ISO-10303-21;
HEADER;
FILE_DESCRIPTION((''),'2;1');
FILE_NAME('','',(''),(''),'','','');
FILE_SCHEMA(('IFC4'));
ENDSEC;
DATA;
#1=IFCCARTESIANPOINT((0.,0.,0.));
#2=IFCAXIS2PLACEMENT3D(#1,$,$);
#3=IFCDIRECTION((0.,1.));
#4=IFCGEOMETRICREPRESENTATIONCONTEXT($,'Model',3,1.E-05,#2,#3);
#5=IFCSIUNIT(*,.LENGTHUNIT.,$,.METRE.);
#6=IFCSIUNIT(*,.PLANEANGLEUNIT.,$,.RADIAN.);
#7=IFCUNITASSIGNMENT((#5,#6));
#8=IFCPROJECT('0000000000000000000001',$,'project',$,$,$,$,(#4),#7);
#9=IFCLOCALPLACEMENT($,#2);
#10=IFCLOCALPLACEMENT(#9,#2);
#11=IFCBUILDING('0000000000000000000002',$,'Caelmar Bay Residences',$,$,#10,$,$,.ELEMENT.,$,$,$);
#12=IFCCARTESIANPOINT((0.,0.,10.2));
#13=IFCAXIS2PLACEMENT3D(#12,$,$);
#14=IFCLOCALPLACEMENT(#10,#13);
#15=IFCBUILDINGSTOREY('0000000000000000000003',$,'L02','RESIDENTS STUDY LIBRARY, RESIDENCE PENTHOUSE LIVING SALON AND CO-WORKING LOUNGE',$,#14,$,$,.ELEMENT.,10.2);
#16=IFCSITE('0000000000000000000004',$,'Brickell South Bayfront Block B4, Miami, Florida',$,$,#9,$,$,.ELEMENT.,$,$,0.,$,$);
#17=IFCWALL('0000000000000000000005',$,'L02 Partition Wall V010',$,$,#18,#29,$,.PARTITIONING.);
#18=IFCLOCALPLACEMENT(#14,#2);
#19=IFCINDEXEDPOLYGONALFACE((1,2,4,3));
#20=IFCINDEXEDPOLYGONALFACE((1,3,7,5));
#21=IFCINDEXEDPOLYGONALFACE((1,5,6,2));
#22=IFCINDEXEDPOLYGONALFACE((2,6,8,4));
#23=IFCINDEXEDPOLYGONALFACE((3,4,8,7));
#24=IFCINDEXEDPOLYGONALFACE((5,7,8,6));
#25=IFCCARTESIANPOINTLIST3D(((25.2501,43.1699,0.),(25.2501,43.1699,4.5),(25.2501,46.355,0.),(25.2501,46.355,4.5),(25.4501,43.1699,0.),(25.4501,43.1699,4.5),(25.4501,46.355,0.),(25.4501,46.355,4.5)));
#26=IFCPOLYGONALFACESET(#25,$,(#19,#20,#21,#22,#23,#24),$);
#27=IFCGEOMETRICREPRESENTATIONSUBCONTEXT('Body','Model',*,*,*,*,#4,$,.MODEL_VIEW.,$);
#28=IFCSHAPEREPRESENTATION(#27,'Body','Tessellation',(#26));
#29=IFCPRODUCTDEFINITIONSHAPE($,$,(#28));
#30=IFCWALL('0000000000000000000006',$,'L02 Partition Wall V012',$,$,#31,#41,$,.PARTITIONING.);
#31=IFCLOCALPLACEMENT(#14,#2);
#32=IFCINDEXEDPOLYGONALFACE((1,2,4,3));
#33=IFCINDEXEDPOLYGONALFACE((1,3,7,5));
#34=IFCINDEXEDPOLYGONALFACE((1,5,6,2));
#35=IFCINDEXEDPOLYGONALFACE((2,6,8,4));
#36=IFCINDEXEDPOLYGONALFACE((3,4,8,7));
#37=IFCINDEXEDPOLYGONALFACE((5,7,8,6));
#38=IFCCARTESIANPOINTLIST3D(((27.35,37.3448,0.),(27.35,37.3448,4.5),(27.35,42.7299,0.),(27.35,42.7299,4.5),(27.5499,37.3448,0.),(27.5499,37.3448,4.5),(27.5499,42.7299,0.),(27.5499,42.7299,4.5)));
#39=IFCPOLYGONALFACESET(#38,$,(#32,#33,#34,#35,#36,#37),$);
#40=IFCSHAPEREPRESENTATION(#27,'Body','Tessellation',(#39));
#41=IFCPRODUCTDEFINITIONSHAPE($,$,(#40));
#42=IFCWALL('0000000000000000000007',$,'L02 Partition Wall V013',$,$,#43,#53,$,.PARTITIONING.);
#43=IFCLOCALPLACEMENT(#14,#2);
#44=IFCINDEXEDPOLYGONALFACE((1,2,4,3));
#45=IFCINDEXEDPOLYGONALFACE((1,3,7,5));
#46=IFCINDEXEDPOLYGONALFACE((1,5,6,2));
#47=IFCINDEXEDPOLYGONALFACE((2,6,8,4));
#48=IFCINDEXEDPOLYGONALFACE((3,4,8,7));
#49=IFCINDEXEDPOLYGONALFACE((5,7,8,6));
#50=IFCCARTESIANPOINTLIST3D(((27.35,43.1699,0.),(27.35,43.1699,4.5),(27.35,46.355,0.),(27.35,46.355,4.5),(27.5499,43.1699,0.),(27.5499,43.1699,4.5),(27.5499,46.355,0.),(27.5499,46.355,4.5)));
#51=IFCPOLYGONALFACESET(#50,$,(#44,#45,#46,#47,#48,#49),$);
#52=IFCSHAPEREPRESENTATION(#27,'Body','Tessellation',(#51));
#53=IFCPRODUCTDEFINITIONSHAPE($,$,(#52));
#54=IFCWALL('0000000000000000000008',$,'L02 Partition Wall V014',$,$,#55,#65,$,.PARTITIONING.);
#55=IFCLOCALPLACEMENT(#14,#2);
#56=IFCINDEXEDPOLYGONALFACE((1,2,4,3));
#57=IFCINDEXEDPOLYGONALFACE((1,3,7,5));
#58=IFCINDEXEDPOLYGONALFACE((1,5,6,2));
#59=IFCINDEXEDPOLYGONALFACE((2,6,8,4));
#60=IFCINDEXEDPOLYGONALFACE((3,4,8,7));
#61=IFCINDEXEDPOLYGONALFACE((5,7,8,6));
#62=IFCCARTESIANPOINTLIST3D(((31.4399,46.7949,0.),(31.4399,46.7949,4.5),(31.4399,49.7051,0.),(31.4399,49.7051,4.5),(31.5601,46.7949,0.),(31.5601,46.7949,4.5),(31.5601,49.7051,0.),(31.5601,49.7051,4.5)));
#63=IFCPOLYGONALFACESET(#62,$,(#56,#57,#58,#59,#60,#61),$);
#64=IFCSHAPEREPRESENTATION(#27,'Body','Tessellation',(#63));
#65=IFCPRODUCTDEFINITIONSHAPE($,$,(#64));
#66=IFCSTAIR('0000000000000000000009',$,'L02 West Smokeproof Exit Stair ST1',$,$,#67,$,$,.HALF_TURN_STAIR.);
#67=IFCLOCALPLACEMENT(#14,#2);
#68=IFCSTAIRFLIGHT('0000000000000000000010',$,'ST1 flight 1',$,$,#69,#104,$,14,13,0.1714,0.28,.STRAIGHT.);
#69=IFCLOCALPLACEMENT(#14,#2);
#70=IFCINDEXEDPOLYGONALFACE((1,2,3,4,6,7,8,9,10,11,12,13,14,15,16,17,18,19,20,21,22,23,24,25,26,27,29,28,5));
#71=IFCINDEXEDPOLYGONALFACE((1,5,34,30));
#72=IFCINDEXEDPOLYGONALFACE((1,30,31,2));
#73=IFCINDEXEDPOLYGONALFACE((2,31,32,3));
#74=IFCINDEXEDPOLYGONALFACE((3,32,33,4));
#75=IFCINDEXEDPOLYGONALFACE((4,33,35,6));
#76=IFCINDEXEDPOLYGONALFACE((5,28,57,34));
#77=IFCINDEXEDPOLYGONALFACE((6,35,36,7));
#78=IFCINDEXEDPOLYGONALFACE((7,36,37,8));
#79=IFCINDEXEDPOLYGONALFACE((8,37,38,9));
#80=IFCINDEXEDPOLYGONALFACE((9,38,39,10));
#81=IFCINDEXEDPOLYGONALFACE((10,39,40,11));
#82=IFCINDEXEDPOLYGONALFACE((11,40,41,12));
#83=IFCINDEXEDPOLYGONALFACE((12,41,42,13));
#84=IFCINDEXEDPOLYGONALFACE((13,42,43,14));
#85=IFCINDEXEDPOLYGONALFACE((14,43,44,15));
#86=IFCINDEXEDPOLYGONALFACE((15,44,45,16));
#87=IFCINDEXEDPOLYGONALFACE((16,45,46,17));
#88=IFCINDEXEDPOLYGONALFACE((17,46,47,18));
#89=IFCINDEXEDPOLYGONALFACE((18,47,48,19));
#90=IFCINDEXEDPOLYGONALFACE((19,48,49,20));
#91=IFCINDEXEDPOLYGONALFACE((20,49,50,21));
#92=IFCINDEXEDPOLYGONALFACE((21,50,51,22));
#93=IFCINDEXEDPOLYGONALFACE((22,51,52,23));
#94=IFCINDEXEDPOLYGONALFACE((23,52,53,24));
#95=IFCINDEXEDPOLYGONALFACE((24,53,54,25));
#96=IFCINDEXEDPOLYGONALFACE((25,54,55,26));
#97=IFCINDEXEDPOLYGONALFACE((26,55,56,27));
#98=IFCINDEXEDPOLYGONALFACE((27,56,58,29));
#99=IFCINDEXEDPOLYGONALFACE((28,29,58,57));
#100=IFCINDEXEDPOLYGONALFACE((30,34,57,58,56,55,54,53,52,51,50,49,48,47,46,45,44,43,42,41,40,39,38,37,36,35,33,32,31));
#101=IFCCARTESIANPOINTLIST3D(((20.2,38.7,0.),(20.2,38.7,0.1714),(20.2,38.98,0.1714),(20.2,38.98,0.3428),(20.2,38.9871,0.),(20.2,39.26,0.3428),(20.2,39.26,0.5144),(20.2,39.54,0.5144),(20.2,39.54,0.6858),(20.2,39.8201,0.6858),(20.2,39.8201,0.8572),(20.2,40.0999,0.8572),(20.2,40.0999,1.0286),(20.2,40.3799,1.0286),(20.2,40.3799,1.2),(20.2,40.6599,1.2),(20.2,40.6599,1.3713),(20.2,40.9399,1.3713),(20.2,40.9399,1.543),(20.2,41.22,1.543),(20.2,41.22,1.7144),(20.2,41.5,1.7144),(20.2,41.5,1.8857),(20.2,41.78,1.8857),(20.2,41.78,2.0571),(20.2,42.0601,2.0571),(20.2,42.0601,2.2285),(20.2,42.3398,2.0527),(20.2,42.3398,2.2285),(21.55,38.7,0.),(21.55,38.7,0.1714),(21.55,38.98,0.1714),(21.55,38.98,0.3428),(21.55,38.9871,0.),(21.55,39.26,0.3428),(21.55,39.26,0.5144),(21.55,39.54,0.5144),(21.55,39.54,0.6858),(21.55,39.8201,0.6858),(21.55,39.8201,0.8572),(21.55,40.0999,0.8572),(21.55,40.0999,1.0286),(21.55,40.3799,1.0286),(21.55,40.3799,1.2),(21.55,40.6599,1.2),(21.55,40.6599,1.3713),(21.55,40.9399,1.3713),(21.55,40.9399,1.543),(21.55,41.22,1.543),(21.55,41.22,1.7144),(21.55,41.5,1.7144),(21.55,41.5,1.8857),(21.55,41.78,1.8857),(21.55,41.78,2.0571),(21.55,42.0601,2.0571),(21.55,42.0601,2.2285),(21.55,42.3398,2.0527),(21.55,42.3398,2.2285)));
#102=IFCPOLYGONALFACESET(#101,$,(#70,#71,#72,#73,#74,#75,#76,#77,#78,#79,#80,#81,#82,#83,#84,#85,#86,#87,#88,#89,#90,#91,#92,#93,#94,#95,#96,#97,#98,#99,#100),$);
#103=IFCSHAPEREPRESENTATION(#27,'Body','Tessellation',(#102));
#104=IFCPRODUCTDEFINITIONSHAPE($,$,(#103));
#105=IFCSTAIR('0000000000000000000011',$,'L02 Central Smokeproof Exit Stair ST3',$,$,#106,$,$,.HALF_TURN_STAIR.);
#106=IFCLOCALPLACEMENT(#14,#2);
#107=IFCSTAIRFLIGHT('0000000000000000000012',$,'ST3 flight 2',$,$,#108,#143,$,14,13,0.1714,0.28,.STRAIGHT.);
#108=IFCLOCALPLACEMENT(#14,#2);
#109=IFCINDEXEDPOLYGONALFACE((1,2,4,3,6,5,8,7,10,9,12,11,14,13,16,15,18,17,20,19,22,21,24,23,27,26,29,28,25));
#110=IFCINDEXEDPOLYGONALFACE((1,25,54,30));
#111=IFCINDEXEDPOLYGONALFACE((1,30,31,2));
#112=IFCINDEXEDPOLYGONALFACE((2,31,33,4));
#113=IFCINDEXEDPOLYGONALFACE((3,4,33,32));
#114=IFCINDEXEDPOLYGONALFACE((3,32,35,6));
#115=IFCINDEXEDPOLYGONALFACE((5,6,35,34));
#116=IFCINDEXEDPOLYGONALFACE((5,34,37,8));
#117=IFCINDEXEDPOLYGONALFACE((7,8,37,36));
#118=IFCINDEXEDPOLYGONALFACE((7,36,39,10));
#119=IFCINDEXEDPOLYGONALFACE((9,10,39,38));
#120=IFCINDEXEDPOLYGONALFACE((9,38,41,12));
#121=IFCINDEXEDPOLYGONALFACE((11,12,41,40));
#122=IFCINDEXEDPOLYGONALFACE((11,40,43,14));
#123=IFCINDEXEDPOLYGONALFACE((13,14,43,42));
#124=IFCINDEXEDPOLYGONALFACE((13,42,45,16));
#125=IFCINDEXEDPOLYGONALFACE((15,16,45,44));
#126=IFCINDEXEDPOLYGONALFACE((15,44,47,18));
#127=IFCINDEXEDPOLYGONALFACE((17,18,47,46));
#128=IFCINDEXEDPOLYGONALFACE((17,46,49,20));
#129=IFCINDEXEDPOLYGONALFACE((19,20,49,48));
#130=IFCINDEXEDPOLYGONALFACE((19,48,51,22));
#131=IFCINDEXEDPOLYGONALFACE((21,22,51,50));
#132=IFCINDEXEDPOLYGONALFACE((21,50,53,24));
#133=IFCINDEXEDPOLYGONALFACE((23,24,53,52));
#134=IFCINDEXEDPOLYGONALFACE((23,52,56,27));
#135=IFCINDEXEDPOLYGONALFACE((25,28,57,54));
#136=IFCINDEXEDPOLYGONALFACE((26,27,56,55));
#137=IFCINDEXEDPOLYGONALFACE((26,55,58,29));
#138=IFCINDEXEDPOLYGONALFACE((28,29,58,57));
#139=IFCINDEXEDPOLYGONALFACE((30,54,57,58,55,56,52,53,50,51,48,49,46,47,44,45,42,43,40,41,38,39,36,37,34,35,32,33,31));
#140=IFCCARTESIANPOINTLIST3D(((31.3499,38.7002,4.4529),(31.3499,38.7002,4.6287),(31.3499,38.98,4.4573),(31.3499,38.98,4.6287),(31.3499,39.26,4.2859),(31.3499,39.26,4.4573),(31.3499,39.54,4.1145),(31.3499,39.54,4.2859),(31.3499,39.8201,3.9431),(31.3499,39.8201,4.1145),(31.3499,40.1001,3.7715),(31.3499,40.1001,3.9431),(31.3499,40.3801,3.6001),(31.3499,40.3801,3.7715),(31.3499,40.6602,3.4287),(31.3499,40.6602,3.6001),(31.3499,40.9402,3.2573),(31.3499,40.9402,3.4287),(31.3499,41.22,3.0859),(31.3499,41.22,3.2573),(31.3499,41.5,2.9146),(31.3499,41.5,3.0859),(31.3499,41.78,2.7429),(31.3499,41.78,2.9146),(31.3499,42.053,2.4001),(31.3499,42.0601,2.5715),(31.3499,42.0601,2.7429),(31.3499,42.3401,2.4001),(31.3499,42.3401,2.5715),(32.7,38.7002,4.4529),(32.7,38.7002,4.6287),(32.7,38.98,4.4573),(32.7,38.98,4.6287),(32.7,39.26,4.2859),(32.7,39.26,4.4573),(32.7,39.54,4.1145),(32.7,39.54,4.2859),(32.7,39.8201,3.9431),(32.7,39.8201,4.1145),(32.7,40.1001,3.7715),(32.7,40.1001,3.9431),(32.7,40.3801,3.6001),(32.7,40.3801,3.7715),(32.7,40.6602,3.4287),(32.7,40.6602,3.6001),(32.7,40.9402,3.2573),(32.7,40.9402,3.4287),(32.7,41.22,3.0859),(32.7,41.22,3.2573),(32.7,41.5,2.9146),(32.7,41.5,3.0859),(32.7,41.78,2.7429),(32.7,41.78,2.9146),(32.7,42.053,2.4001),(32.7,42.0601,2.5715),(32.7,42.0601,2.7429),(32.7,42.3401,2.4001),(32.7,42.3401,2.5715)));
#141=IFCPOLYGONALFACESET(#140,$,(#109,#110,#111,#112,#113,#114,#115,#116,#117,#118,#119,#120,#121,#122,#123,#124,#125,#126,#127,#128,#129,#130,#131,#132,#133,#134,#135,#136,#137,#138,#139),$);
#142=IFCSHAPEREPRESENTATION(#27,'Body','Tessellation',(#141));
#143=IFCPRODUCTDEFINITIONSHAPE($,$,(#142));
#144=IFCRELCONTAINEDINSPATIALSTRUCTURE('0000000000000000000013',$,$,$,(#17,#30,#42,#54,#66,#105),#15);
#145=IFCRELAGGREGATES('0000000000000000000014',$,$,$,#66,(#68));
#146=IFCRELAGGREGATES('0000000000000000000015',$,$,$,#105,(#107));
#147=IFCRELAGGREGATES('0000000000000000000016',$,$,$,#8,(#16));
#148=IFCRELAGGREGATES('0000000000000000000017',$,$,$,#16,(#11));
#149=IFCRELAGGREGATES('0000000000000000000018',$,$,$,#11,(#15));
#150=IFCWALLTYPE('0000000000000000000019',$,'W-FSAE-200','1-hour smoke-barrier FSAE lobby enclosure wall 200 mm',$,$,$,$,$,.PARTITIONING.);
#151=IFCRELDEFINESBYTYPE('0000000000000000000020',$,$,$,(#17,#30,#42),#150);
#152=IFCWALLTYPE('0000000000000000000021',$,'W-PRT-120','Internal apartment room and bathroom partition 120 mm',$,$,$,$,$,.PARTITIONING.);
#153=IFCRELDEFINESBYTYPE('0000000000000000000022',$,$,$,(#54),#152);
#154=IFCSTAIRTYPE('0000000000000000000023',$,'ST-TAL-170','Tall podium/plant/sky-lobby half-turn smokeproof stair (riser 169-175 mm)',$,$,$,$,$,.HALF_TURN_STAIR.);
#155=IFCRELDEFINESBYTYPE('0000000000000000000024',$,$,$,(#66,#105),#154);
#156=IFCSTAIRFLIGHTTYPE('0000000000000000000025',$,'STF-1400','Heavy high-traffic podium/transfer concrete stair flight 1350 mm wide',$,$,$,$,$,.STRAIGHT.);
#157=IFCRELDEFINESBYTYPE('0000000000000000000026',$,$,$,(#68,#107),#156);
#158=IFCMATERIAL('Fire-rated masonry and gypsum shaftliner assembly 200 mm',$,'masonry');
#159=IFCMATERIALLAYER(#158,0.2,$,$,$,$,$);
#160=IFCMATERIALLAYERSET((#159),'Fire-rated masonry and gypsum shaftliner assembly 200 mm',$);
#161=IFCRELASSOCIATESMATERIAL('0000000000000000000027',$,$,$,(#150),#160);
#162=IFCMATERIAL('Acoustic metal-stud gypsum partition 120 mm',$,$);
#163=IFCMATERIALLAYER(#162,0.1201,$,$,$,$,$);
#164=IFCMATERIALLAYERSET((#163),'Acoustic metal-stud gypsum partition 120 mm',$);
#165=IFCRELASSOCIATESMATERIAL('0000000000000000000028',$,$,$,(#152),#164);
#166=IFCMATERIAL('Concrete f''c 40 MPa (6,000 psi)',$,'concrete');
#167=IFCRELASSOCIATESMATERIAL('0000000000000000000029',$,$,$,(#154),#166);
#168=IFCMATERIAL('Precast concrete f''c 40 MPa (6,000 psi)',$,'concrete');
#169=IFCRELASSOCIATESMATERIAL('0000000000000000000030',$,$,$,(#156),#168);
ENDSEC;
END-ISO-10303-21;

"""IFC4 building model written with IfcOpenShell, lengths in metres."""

from ifc_helpers import new_model, si_unit, direction, frame, frame_2d, origin, place, context, subcontext, project, spatial, polyline, rectangle, outline, extrude, material, layer, layer_set, type_object, element, aggregate, save


model = new_model("IFC4")

# Units and contexts
model_context = context("Model", 3, precision=1e-05, world=origin(), true_north=direction((0.0, 1.0)))
body_context = subcontext(model_context, "Body", "Model", "MODEL_VIEW")
ifc_project = project(units=[si_unit("LENGTHUNIT", "METRE"), si_unit("PLANEANGLEUNIT", "RADIAN")], contexts=[model_context])

# Site, building, storey
site_placement = place(None, origin())
site = spatial("IfcSite", under=ifc_project, at=site_placement, Name="Brickell South Bayfront Block B4, Miami, Florida", CompositionType="ELEMENT", RefElevation=0.0)
building_placement = place(site_placement, origin())
building = spatial("IfcBuilding", under=site, at=building_placement, Name="Caelmar Bay Residences", CompositionType="ELEMENT")
storey_placement = place(building_placement, frame((0.0, 0.0, 10.2)))
storey = spatial("IfcBuildingStorey", under=building, at=storey_placement, Name="L02", Description="RESIDENTS STUDY LIBRARY, RESIDENCE PENTHOUSE LIVING SALON AND CO-WORKING LOUNGE", CompositionType="ELEMENT", Elevation=10.2)

# Walls
ifc_material_1 = material(Name="Fire-rated masonry and gypsum shaftliner assembly 200 mm", Category="masonry")
ifc_layer_1 = layer(ifc_material_1, 0.2)
ifc_layer_set_1 = layer_set([ifc_layer_1], Name="Fire-rated masonry and gypsum shaftliner assembly 200 mm")
wall_type_1 = type_object("IfcWallType", Name="W-FSAE-200", Description="1-hour smoke-barrier FSAE lobby enclosure wall 200 mm", PredefinedType="PARTITIONING", material=ifc_layer_set_1)
wall_1_placement = place(storey_placement, frame((25.3501, 43.1699, 0.0), z_axis=(0.0, 0.0, 1.0), x_axis=(0.0, 1.0, 0.0)))
element("IfcWall", 1, at=wall_1_placement, inside=storey, type_object=wall_type_1, Name="L02 Partition Wall V010", PredefinedType="PARTITIONING", context=body_context, shape_type="SweptSolid", body=[
    extrude(rectangle(XDim=3.1851, YDim=0.2, at=frame_2d((1.5925, 0.0))), origin(), (0.0, 0.0, 1.0), 4.5),
])
wall_2_placement = place(storey_placement, frame((27.45, 37.345, 0.0), z_axis=(0.0, 0.0, 1.0), x_axis=(0.0, 1.0, 0.0)))
element("IfcWall", 2, at=wall_2_placement, inside=storey, type_object=wall_type_1, Name="L02 Partition Wall V012", PredefinedType="PARTITIONING", context=body_context, shape_type="SweptSolid", body=[
    extrude(rectangle(XDim=5.385, YDim=0.2, at=frame_2d((2.6924, 0.0))), origin(), (0.0, 0.0, 1.0), 4.5),
])
wall_3_placement = place(storey_placement, frame((27.45, 43.1699, 0.0), z_axis=(0.0, 0.0, 1.0), x_axis=(0.0, 1.0, 0.0)))
element("IfcWall", 3, at=wall_3_placement, inside=storey, type_object=wall_type_1, Name="L02 Partition Wall V013", PredefinedType="PARTITIONING", context=body_context, shape_type="SweptSolid", body=[
    extrude(rectangle(XDim=3.1851, YDim=0.2, at=frame_2d((1.5925, 0.0))), origin(), (0.0, 0.0, 1.0), 4.5),
])
ifc_material_2 = material(Name="Acoustic metal-stud gypsum partition 120 mm")
ifc_layer_2 = layer(ifc_material_2, 0.1201)
ifc_layer_set_2 = layer_set([ifc_layer_2], Name="Acoustic metal-stud gypsum partition 120 mm")
wall_type_2 = type_object("IfcWallType", Name="W-PRT-120", Description="Internal apartment room and bathroom partition 120 mm", PredefinedType="PARTITIONING", material=ifc_layer_set_2)
wall_4_placement = place(storey_placement, frame((31.5, 46.7949, 0.0), z_axis=(0.0, 0.0, 1.0), x_axis=(0.0, 1.0, 0.0)))
element("IfcWall", 4, at=wall_4_placement, inside=storey, type_object=wall_type_2, Name="L02 Partition Wall V014", PredefinedType="PARTITIONING", context=body_context, shape_type="SweptSolid", body=[
    extrude(rectangle(XDim=2.9102, YDim=0.1201, at=frame_2d((1.4551, 0.0))), origin(), (0.0, 0.0, 1.0), 4.5),
])

# Stairs, stair flights
ifc_material_3 = material(Name="Concrete f'c 40 MPa (6,000 psi)", Category="concrete")
stair_type = type_object("IfcStairType", Name="ST-TAL-170", Description="Tall podium/plant/sky-lobby half-turn smokeproof stair (riser 169-175 mm)", PredefinedType="HALF_TURN_STAIR", material=ifc_material_3)
stair_1_placement = place(storey_placement, origin())
stair_1 = element("IfcStair", 5, at=stair_1_placement, inside=storey, type_object=stair_type, Name="L02 West Smokeproof Exit Stair ST1", PredefinedType="HALF_TURN_STAIR")
ifc_material_4 = material(Name="Precast concrete f'c 40 MPa (6,000 psi)", Category="concrete")
stair_flight_type = type_object("IfcStairFlightType", Name="STF-1400", Description="Heavy high-traffic podium/transfer concrete stair flight 1350 mm wide", PredefinedType="STRAIGHT", material=ifc_material_4)
stair_flight_1_placement = place(storey_placement, frame((20.875, 38.7, 0.0), z_axis=(0.0, 0.0, 1.0), x_axis=(0.0, 1.0, 0.0)))
stair_flight_1 = element("IfcStairFlight", 6, at=stair_flight_1_placement, type_object=stair_flight_type, Name="ST1 flight 1", NumberOfRisers=14, NumberOfTreads=13, PredefinedType="STRAIGHT", RiserHeight=0.1714, TreadLength=0.28, context=body_context, shape_type="SweptSolid", body=[
    extrude(outline(polyline([(0.0, 0.0), (0.0, 0.1714), (0.28, 0.1714), (0.28, 0.3428), (0.5601, 0.3428), (0.5601, 0.5144), (0.8401, 0.5144), (0.8401, 0.6858), (1.1201, 0.6858), (1.1201, 0.8572), (1.3999, 0.8572), (1.3999, 1.0286), (1.6799, 1.0286), (1.6799, 1.2), (1.96, 1.2), (1.96, 1.3713), (2.24, 1.3713), (2.24, 1.543), (2.52, 1.543), (2.52, 1.7144), (2.8, 1.7144), (2.8, 1.8857), (3.0801, 1.8857), (3.0801, 2.0571), (3.3601, 2.0571), (3.3601, 2.2285), (3.6399, 2.2285), (3.6399, 2.3999), (3.6399, 2.0527), (0.2871, 0.0), (0.0, 0.0)])), frame((0.0, 0.675, 0.0), z_axis=(0.0, -1.0, 0.0), x_axis=(1.0, 0.0, 0.0)), (0.0, 0.0, 1.0), 1.3501),
])
aggregate(stair_1, [stair_flight_1])
stair_2_placement = place(storey_placement, origin())
stair_2 = element("IfcStair", 7, at=stair_2_placement, inside=storey, type_object=stair_type, Name="L02 Central Smokeproof Exit Stair ST3", PredefinedType="HALF_TURN_STAIR")
stair_flight_2_placement = place(storey_placement, frame((32.0249, 42.3401, 2.4001), z_axis=(0.0, 0.0, 1.0), x_axis=(0.0, -1.0, 0.0)))
stair_flight_2 = element("IfcStairFlight", 8, at=stair_flight_2_placement, type_object=stair_flight_type, Name="ST3 flight 2", NumberOfRisers=14, NumberOfTreads=13, PredefinedType="STRAIGHT", RiserHeight=0.1714, TreadLength=0.28, context=body_context, shape_type="SweptSolid", body=[
    extrude(outline(polyline([(0.0, 0.0), (0.0, 0.1714), (0.28, 0.1714), (0.28, 0.3428), (0.5601, 0.3428), (0.5601, 0.5144), (0.8401, 0.5144), (0.8401, 0.6858), (1.1201, 0.6858), (1.1201, 0.8572), (1.3999, 0.8572), (1.3999, 1.0286), (1.6799, 1.0286), (1.6799, 1.2), (1.96, 1.2), (1.96, 1.3713), (2.24, 1.3713), (2.24, 1.543), (2.52, 1.543), (2.52, 1.7144), (2.8, 1.7144), (2.8, 1.8857), (3.0801, 1.8857), (3.0801, 2.0571), (3.3601, 2.0571), (3.3601, 2.2285), (3.6399, 2.2285), (3.6399, 2.3999), (3.6399, 2.0527), (0.2871, 0.0), (0.0, 0.0)])), frame((0.0, 0.675, 0.0), z_axis=(0.0, -1.0, 0.0), x_axis=(1.0, 0.0, 0.0)), (0.0, 0.0, 1.0), 1.3501),
])
aggregate(stair_2, [stair_flight_2])

save(model, "model.ifc")
